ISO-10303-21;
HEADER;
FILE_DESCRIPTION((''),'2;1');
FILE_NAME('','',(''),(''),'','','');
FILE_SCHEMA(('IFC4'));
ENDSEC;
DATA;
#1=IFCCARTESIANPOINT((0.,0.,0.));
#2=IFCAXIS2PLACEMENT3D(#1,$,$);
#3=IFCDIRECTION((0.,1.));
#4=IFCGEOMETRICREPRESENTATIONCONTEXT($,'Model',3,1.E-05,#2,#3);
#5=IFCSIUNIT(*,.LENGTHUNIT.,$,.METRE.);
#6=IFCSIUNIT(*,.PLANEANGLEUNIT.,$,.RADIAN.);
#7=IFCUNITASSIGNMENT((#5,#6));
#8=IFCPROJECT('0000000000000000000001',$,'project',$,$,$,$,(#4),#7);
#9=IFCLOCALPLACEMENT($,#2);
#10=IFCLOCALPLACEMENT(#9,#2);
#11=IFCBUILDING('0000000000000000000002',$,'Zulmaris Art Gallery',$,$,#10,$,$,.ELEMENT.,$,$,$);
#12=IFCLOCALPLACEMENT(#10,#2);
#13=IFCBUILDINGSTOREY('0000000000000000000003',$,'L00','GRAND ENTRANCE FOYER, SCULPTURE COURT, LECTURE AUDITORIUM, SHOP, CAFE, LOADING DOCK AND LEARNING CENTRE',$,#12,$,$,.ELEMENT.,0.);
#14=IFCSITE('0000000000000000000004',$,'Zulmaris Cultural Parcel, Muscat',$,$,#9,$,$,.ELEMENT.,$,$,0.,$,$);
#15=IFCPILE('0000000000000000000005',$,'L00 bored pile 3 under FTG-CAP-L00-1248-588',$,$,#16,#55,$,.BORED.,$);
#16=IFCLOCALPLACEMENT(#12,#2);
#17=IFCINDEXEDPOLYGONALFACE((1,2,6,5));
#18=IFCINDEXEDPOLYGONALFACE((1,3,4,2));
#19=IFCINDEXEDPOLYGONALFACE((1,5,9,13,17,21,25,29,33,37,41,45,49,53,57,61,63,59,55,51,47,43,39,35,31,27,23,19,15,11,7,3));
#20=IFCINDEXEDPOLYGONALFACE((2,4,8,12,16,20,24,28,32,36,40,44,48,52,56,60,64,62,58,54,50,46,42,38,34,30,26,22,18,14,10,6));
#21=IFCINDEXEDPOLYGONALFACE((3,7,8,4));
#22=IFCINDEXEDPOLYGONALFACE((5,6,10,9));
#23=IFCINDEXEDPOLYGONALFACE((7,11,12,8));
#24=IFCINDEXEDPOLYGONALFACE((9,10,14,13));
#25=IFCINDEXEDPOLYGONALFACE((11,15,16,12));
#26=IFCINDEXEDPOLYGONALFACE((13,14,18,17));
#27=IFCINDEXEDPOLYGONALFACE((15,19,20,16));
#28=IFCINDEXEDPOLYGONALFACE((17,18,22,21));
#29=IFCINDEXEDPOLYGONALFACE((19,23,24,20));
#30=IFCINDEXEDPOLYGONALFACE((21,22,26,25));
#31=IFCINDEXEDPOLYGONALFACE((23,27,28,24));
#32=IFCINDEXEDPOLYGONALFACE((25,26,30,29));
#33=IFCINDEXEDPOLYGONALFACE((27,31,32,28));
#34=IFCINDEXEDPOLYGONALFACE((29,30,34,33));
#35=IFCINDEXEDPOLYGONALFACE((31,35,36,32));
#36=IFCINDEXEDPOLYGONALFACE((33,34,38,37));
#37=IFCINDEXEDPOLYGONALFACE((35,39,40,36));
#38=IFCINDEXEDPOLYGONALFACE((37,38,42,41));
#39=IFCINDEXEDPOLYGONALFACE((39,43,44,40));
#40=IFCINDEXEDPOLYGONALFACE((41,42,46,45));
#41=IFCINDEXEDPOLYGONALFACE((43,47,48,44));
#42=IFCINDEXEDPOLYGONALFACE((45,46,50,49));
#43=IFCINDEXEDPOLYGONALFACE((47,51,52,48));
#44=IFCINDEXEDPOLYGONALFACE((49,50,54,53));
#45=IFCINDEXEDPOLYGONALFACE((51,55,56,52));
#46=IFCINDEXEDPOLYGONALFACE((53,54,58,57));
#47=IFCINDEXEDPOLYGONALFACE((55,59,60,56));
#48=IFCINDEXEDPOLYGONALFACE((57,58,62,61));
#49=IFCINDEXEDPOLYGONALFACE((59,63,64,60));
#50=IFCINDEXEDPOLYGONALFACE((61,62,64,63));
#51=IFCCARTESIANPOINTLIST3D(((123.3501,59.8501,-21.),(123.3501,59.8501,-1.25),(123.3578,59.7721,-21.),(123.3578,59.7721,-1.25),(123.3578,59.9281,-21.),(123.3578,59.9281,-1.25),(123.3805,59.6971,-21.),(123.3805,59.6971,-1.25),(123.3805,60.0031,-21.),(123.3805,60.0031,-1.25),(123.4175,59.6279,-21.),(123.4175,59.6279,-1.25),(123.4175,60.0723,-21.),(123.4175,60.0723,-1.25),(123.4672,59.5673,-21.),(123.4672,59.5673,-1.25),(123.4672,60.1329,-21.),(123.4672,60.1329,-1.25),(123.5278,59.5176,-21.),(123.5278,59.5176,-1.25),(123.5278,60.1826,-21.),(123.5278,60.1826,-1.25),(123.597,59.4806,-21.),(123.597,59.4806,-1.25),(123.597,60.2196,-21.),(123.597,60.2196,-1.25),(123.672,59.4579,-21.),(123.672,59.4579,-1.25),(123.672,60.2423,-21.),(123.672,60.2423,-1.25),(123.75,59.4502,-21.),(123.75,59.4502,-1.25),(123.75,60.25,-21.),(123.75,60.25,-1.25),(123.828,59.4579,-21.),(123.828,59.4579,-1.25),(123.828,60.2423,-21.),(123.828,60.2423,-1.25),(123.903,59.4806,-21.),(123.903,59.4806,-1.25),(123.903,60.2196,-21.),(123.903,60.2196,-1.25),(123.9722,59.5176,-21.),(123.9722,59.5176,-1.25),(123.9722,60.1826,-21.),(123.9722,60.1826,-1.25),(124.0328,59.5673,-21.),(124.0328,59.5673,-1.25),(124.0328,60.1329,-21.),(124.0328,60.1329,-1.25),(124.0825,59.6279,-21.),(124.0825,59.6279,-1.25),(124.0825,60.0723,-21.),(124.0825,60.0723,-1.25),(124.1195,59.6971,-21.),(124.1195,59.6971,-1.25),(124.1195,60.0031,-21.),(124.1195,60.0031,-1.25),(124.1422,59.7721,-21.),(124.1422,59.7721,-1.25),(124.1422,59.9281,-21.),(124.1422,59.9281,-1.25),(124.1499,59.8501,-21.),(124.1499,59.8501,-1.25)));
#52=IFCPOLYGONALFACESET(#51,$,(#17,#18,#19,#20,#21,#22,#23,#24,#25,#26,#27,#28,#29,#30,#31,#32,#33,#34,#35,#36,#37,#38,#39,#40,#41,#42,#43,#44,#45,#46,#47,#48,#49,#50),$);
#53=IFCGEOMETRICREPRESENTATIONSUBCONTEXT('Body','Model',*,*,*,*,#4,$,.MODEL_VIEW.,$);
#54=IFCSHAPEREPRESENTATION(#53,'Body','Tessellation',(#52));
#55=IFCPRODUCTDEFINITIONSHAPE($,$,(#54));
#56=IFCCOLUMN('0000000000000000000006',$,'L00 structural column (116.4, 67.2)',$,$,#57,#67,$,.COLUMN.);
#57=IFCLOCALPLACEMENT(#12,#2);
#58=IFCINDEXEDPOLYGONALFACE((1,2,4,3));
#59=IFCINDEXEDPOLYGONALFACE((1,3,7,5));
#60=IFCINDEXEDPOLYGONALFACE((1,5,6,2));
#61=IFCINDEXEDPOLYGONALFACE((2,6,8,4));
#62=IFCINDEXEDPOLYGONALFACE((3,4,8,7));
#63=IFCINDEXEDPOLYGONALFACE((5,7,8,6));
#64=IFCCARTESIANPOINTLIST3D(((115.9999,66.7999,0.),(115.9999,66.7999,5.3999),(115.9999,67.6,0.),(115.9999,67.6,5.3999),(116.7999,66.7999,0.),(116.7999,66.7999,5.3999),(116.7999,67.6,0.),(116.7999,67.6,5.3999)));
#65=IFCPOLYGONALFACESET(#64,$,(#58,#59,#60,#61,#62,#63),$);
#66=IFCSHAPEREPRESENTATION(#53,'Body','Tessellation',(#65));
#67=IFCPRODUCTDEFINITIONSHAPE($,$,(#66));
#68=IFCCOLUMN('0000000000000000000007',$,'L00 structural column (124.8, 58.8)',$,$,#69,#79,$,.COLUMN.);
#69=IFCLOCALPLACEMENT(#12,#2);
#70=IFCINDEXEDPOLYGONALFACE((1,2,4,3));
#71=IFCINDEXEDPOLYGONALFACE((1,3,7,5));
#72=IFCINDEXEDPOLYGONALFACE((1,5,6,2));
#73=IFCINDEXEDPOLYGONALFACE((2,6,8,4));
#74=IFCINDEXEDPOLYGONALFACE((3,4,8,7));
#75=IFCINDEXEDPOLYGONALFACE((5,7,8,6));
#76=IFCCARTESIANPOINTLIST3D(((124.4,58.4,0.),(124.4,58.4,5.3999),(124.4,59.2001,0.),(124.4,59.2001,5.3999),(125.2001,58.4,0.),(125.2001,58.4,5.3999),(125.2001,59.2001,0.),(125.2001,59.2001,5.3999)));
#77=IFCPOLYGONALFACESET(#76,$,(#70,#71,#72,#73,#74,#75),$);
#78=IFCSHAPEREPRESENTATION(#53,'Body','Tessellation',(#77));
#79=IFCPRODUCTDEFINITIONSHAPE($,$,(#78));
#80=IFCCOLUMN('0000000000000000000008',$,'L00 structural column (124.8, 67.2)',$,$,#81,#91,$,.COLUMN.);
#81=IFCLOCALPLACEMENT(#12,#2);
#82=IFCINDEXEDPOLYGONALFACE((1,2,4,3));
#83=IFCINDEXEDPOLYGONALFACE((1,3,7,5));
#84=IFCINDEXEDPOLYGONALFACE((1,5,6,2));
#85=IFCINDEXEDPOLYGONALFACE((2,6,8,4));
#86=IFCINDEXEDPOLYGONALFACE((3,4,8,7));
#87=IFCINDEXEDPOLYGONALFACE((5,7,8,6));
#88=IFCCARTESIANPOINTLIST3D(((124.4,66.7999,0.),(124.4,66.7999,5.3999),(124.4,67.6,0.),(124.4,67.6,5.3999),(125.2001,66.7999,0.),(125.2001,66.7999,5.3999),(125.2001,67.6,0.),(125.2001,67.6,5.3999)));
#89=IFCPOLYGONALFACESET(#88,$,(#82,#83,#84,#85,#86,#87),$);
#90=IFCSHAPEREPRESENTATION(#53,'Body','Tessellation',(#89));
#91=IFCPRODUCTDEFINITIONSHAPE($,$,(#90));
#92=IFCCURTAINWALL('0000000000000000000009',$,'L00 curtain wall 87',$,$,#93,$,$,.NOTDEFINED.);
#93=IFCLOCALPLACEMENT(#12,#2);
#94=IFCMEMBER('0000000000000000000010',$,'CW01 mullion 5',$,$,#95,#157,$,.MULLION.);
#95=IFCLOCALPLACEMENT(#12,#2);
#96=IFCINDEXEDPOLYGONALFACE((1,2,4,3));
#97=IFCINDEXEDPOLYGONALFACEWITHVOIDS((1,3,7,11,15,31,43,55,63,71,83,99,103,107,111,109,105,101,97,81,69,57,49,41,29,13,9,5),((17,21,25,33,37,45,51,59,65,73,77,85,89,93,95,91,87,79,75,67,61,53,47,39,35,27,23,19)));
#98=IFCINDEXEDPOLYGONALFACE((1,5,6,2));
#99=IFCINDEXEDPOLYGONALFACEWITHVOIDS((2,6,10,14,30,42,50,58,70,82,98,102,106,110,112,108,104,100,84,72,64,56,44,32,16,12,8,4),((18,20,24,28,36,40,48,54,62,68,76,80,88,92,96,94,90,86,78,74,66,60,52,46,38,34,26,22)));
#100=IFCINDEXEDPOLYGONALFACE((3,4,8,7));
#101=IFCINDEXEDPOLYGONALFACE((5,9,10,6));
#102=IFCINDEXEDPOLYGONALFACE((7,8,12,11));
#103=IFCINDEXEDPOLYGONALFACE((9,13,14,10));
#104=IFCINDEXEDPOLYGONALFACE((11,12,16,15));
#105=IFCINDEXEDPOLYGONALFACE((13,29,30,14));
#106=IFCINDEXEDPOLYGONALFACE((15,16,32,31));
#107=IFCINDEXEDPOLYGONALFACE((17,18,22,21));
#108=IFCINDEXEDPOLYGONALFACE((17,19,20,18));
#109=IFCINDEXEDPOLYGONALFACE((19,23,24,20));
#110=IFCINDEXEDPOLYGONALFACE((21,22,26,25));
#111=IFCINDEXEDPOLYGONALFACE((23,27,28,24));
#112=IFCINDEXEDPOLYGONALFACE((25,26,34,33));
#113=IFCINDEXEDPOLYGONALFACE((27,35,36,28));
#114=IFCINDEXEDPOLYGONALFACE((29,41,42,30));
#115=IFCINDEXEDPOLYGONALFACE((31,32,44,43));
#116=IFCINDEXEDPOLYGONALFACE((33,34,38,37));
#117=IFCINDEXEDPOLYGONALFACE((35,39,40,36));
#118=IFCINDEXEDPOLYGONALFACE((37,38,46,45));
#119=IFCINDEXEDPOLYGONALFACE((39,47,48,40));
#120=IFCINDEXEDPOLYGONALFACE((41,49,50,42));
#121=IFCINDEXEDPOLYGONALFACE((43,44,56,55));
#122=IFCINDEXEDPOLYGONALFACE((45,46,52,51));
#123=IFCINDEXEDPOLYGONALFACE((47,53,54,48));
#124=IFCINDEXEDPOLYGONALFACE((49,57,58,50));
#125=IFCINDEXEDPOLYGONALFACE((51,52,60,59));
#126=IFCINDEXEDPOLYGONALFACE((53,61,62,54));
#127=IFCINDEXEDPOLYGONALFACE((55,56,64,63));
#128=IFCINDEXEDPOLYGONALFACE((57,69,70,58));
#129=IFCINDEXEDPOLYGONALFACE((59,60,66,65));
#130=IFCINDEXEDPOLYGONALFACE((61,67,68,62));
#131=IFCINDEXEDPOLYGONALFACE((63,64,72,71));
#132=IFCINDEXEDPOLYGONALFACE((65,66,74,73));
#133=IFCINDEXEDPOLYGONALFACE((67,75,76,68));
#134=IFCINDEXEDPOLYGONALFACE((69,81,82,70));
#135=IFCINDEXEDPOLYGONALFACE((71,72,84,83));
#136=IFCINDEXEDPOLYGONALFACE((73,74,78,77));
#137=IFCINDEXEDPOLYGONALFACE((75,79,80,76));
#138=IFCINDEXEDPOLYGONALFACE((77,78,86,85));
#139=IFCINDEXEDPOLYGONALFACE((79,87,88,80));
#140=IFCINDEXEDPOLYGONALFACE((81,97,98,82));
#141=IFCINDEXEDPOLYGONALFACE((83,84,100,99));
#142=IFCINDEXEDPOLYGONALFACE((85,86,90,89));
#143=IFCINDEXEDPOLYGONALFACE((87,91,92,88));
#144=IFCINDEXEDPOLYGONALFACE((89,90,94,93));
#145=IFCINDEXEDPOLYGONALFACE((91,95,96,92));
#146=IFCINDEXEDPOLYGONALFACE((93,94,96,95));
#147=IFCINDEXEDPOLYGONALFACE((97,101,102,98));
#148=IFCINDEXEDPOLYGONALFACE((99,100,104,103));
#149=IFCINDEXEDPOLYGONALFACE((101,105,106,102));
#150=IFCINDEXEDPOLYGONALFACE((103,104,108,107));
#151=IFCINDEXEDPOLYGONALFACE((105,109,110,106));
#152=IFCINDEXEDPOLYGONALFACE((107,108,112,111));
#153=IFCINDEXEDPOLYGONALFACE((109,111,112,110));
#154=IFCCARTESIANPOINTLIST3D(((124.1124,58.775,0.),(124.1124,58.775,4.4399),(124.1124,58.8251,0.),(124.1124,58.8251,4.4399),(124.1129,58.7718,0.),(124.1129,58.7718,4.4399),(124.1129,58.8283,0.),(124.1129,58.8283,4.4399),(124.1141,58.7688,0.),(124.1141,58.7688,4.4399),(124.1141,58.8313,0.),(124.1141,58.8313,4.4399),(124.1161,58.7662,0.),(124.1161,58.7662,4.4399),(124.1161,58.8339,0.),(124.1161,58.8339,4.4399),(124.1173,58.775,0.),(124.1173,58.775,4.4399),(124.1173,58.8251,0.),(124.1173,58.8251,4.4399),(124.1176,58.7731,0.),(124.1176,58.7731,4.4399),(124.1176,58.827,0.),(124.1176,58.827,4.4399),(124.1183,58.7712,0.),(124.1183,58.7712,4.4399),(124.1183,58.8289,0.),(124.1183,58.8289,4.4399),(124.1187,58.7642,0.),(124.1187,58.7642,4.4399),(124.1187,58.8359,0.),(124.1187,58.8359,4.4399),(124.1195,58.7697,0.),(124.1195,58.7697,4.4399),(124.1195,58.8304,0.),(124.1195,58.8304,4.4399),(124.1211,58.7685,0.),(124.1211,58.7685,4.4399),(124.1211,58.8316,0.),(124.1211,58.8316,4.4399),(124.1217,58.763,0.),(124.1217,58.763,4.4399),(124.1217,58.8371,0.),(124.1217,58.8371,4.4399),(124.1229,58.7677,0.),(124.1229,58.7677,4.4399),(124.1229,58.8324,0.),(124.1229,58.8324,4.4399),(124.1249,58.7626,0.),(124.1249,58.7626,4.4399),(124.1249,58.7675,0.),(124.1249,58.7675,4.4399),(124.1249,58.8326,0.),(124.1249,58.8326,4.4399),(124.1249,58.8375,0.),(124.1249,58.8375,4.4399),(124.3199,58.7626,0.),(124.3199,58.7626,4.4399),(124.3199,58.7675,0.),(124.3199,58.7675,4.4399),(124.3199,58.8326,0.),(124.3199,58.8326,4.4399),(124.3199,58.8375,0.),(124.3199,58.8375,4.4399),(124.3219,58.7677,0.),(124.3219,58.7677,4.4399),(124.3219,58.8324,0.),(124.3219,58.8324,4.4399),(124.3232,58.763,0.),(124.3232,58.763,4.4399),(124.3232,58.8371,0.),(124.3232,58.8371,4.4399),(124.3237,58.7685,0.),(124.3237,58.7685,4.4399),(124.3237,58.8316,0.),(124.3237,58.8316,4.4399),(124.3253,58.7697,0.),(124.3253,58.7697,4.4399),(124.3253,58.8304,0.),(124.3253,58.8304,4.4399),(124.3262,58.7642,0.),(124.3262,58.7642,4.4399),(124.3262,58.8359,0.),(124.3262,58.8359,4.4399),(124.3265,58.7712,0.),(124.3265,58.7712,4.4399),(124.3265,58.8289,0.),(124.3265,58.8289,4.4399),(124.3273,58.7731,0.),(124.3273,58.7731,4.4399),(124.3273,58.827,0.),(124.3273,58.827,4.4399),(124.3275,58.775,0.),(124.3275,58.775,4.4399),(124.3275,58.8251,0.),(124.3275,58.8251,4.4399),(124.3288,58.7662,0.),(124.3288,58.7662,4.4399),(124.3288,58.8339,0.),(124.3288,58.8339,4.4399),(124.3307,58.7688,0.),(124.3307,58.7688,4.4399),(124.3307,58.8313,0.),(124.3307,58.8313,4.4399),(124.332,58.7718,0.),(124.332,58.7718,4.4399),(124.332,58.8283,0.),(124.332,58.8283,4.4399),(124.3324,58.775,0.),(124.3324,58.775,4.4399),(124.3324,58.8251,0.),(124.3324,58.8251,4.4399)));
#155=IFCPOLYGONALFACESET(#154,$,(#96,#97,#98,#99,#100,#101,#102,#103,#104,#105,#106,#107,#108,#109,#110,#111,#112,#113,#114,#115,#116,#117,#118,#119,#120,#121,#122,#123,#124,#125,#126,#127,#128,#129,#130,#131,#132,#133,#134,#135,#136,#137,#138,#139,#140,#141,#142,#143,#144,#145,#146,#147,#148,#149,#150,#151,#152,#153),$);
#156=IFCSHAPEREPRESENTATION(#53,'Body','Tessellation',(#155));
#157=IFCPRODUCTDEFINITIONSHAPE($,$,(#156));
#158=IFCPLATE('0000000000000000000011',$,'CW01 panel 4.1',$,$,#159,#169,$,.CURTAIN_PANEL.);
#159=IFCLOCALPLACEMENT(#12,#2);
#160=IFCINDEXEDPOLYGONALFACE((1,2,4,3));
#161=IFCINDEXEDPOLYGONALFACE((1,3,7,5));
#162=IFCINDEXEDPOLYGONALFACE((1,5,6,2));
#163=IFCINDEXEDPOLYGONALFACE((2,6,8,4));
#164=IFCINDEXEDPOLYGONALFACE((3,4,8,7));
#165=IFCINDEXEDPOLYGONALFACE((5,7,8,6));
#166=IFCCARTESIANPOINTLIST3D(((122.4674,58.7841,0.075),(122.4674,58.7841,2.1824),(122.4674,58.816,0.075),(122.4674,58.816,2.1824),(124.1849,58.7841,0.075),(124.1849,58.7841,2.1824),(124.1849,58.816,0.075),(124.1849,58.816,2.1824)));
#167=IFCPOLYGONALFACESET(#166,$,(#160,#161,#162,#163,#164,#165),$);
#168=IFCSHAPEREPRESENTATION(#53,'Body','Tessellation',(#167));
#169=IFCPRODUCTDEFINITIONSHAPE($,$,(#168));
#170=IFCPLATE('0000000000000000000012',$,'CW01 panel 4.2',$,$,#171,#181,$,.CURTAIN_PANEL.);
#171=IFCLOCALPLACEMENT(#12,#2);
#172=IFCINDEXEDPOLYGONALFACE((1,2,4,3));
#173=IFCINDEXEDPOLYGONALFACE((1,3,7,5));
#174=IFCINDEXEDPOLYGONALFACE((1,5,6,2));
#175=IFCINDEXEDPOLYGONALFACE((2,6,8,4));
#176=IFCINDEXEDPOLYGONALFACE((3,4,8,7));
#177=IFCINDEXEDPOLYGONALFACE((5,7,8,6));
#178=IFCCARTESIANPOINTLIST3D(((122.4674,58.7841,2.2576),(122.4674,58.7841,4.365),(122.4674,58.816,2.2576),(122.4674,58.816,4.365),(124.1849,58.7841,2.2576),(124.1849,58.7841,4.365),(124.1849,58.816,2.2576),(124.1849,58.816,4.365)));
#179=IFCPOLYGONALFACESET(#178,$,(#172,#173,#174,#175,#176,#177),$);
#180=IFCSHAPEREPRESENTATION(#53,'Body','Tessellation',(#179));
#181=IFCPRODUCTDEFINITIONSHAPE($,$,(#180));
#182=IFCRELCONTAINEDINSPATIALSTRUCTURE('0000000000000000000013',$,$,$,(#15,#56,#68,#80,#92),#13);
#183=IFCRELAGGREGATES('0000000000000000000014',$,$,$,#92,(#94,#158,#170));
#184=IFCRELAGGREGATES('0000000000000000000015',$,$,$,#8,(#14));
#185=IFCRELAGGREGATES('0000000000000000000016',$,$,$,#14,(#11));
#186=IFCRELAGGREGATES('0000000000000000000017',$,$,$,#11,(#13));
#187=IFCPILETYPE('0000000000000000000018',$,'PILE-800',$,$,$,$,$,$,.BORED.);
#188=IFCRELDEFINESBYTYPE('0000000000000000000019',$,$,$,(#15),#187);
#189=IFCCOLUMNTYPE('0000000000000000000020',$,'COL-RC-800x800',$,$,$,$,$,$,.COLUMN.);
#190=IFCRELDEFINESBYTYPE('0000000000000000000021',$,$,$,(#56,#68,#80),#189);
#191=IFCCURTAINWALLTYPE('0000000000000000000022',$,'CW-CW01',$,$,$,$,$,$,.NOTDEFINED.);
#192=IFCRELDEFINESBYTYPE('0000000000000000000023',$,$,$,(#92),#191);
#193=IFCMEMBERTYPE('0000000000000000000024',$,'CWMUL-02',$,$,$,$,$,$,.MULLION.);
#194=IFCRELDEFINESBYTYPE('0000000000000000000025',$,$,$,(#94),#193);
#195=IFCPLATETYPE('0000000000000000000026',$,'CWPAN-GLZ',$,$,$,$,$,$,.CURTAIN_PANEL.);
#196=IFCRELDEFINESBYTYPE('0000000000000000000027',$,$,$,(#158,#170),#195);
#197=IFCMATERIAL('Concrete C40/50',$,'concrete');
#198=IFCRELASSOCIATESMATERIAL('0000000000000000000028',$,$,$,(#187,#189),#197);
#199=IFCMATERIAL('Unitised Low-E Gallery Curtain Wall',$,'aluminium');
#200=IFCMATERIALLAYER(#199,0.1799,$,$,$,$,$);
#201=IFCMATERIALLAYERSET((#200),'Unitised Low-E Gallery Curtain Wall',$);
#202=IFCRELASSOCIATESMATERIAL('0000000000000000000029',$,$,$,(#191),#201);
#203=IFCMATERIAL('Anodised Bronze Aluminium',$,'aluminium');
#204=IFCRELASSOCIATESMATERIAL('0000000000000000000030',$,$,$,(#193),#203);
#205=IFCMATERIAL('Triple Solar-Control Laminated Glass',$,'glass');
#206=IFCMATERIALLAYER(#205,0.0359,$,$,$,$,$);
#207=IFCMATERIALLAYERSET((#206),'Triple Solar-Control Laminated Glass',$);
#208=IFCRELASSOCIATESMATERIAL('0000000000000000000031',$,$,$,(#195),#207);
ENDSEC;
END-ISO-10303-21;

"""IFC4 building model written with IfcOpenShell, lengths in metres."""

from ifc_helpers import new_model, si_unit, direction, frame, origin, origin_2d, place, context, subcontext, project, spatial, rectangle, hollow_rectangle, circle, extrude, material, layer, layer_set, material_profile, profile_set, type_object, element, aggregate, save


model = new_model("IFC4")

# Units and contexts
model_context = context("Model", 3, precision=1e-05, world=origin(), true_north=direction((0.0, 1.0)))
body_context = subcontext(model_context, "Body", "Model", "MODEL_VIEW")
ifc_project = project(units=[si_unit("LENGTHUNIT", "METRE"), si_unit("PLANEANGLEUNIT", "RADIAN")], contexts=[model_context])

# Site, building, storey
site_placement = place(None, origin())
site = spatial("IfcSite", under=ifc_project, at=site_placement, Name="Zulmaris Cultural Parcel, Muscat", CompositionType="ELEMENT", RefElevation=0.0)
building_placement = place(site_placement, origin())
building = spatial("IfcBuilding", under=site, at=building_placement, Name="Zulmaris Art Gallery", CompositionType="ELEMENT")
storey_placement = place(building_placement, origin())
storey = spatial("IfcBuildingStorey", under=building, at=storey_placement, Name="L00", Description="GRAND ENTRANCE FOYER, SCULPTURE COURT, LECTURE AUDITORIUM, SHOP, CAFE, LOADING DOCK AND LEARNING CENTRE", CompositionType="ELEMENT", Elevation=0.0)

# Pile
ifc_material_1 = material(Name="Concrete C40/50", Category="concrete")
ifc_material_profile_1 = material_profile(ifc_material_1, circle(Radius=0.3999, at=origin_2d()), Name="PILE DIA 800")
ifc_profile_set_1 = profile_set([ifc_material_profile_1], Name="Concrete C40/50")
pile_type_1 = type_object("IfcPileType", Name="PILE-800", PredefinedType="BORED", material=ifc_profile_set_1)
for number, where, z_axis, x_axis, name in (
    (1, (123.75, 59.8501, -1.25), (0.0, 0.0, -1.0), (1.0, 0.0, 0.0), "L00 bored pile 3 under FTG-CAP-L00-1248-588"),
):
    element("IfcPile", number, at=place(storey_placement, frame(where, z_axis=z_axis, x_axis=x_axis)), inside=storey, type_object=pile_type_1, Name=name, PredefinedType="BORED", context=body_context, shape_type="SweptSolid", body=[
        extrude(circle(Radius=0.3999, at=origin_2d()), origin(), (0.0, 0.0, 1.0), 19.75),
    ])

# Columns
ifc_material_profile_2 = material_profile(ifc_material_1, rectangle(XDim=0.8, YDim=0.8, at=origin_2d()), Name="RC 800x800")
ifc_profile_set_2 = profile_set([ifc_material_profile_2], Name="Concrete C40/50")
column_type = type_object("IfcColumnType", Name="COL-RC-800x800", PredefinedType="COLUMN", material=ifc_profile_set_2)
for number, where, z_axis, x_axis, name in (
    (2, (116.3999, 67.2, 0.0), (0.0, 0.0, 1.0), (1.0, 0.0, 0.0), "L00 structural column (116.4, 67.2)"),
    (3, (124.8, 58.8, 0.0), (0.0, 0.0, 1.0), (1.0, 0.0, 0.0), "L00 structural column (124.8, 58.8)"),
    (4, (124.8, 67.2, 0.0), (0.0, 0.0, 1.0), (1.0, 0.0, 0.0), "L00 structural column (124.8, 67.2)"),
):
    element("IfcColumn", number, at=place(storey_placement, frame(where, z_axis=z_axis, x_axis=x_axis)), inside=storey, type_object=column_type, Name=name, PredefinedType="COLUMN", context=body_context, shape_type="SweptSolid", body=[
        extrude(rectangle(XDim=0.8, YDim=0.8, at=origin_2d()), origin(), (0.0, 0.0, 1.0), 5.3999),
    ])

# Curtain wall, member, plates
ifc_material_2 = material(Name="Unitised Low-E Gallery Curtain Wall", Category="aluminium")
ifc_layer_1 = layer(ifc_material_2, 0.1799)
ifc_layer_set_1 = layer_set([ifc_layer_1], Name="Unitised Low-E Gallery Curtain Wall")
curtain_wall_type = type_object("IfcCurtainWallType", Name="CW-CW01", PredefinedType="NOTDEFINED", material=ifc_layer_set_1)
curtain_wall_placement = place(storey_placement, origin())
curtain_wall = element("IfcCurtainWall", 5, at=curtain_wall_placement, inside=storey, type_object=curtain_wall_type, Name="L00 curtain wall 87", PredefinedType="NOTDEFINED")
ifc_material_3 = material(Name="Anodised Bronze Aluminium", Category="aluminium")
ifc_material_profile_3 = material_profile(ifc_material_3, hollow_rectangle(XDim=0.075, YDim=0.22, WallThickness=0.0049, InnerFilletRadius=0.0076, OuterFilletRadius=0.0125, at=origin_2d()), Name="ALU 75x220x5")
ifc_profile_set_3 = profile_set([ifc_material_profile_3], Name="Anodised Bronze Aluminium")
member_type = type_object("IfcMemberType", Name="CWMUL-02", PredefinedType="MULLION", material=ifc_profile_set_3)
member_placement = place(storey_placement, frame((124.2224, 58.8, 0.0), z_axis=(0.0, 0.0, 1.0), x_axis=(0.0, 1.0, 0.0)))
member = element("IfcMember", 6, at=member_placement, type_object=member_type, Name="CW01 mullion 5", PredefinedType="MULLION", context=body_context, shape_type="SweptSolid", body=[
    extrude(hollow_rectangle(XDim=0.075, YDim=0.22, WallThickness=0.0049, InnerFilletRadius=0.0076, OuterFilletRadius=0.0125, at=origin_2d()), origin(), (0.0, 0.0, 1.0), 4.4399),
])
ifc_material_4 = material(Name="Triple Solar-Control Laminated Glass", Category="glass")
ifc_layer_2 = layer(ifc_material_4, 0.0359)
ifc_layer_set_2 = layer_set([ifc_layer_2], Name="Triple Solar-Control Laminated Glass")
plate_type = type_object("IfcPlateType", Name="CWPAN-GLZ", PredefinedType="CURTAIN_PANEL", material=ifc_layer_set_2)
plate_1_placement = place(storey_placement, frame((123.3262, 58.8, 0.075), z_axis=(0.0, 0.0, 1.0), x_axis=(1.0, 0.0, 0.0)))
plate_1 = element("IfcPlate", 7, at=plate_1_placement, type_object=plate_type, Name="CW01 panel 4.1", PredefinedType="CURTAIN_PANEL", context=body_context, shape_type="SweptSolid", body=[
    extrude(rectangle(XDim=1.7175, YDim=0.032, at=origin_2d()), origin(), (0.0, 0.0, 1.0), 2.1074),
])
plate_2_placement = place(storey_placement, frame((123.3262, 58.8, 2.2576), z_axis=(0.0, 0.0, 1.0), x_axis=(1.0, 0.0, 0.0)))
plate_2 = element("IfcPlate", 8, at=plate_2_placement, type_object=plate_type, Name="CW01 panel 4.2", PredefinedType="CURTAIN_PANEL", context=body_context, shape_type="SweptSolid", body=[
    extrude(rectangle(XDim=1.7175, YDim=0.032, at=origin_2d()), origin(), (0.0, 0.0, 1.0), 2.1074),
])
aggregate(curtain_wall, [member, plate_1, plate_2])

save(model, "model.ifc")
